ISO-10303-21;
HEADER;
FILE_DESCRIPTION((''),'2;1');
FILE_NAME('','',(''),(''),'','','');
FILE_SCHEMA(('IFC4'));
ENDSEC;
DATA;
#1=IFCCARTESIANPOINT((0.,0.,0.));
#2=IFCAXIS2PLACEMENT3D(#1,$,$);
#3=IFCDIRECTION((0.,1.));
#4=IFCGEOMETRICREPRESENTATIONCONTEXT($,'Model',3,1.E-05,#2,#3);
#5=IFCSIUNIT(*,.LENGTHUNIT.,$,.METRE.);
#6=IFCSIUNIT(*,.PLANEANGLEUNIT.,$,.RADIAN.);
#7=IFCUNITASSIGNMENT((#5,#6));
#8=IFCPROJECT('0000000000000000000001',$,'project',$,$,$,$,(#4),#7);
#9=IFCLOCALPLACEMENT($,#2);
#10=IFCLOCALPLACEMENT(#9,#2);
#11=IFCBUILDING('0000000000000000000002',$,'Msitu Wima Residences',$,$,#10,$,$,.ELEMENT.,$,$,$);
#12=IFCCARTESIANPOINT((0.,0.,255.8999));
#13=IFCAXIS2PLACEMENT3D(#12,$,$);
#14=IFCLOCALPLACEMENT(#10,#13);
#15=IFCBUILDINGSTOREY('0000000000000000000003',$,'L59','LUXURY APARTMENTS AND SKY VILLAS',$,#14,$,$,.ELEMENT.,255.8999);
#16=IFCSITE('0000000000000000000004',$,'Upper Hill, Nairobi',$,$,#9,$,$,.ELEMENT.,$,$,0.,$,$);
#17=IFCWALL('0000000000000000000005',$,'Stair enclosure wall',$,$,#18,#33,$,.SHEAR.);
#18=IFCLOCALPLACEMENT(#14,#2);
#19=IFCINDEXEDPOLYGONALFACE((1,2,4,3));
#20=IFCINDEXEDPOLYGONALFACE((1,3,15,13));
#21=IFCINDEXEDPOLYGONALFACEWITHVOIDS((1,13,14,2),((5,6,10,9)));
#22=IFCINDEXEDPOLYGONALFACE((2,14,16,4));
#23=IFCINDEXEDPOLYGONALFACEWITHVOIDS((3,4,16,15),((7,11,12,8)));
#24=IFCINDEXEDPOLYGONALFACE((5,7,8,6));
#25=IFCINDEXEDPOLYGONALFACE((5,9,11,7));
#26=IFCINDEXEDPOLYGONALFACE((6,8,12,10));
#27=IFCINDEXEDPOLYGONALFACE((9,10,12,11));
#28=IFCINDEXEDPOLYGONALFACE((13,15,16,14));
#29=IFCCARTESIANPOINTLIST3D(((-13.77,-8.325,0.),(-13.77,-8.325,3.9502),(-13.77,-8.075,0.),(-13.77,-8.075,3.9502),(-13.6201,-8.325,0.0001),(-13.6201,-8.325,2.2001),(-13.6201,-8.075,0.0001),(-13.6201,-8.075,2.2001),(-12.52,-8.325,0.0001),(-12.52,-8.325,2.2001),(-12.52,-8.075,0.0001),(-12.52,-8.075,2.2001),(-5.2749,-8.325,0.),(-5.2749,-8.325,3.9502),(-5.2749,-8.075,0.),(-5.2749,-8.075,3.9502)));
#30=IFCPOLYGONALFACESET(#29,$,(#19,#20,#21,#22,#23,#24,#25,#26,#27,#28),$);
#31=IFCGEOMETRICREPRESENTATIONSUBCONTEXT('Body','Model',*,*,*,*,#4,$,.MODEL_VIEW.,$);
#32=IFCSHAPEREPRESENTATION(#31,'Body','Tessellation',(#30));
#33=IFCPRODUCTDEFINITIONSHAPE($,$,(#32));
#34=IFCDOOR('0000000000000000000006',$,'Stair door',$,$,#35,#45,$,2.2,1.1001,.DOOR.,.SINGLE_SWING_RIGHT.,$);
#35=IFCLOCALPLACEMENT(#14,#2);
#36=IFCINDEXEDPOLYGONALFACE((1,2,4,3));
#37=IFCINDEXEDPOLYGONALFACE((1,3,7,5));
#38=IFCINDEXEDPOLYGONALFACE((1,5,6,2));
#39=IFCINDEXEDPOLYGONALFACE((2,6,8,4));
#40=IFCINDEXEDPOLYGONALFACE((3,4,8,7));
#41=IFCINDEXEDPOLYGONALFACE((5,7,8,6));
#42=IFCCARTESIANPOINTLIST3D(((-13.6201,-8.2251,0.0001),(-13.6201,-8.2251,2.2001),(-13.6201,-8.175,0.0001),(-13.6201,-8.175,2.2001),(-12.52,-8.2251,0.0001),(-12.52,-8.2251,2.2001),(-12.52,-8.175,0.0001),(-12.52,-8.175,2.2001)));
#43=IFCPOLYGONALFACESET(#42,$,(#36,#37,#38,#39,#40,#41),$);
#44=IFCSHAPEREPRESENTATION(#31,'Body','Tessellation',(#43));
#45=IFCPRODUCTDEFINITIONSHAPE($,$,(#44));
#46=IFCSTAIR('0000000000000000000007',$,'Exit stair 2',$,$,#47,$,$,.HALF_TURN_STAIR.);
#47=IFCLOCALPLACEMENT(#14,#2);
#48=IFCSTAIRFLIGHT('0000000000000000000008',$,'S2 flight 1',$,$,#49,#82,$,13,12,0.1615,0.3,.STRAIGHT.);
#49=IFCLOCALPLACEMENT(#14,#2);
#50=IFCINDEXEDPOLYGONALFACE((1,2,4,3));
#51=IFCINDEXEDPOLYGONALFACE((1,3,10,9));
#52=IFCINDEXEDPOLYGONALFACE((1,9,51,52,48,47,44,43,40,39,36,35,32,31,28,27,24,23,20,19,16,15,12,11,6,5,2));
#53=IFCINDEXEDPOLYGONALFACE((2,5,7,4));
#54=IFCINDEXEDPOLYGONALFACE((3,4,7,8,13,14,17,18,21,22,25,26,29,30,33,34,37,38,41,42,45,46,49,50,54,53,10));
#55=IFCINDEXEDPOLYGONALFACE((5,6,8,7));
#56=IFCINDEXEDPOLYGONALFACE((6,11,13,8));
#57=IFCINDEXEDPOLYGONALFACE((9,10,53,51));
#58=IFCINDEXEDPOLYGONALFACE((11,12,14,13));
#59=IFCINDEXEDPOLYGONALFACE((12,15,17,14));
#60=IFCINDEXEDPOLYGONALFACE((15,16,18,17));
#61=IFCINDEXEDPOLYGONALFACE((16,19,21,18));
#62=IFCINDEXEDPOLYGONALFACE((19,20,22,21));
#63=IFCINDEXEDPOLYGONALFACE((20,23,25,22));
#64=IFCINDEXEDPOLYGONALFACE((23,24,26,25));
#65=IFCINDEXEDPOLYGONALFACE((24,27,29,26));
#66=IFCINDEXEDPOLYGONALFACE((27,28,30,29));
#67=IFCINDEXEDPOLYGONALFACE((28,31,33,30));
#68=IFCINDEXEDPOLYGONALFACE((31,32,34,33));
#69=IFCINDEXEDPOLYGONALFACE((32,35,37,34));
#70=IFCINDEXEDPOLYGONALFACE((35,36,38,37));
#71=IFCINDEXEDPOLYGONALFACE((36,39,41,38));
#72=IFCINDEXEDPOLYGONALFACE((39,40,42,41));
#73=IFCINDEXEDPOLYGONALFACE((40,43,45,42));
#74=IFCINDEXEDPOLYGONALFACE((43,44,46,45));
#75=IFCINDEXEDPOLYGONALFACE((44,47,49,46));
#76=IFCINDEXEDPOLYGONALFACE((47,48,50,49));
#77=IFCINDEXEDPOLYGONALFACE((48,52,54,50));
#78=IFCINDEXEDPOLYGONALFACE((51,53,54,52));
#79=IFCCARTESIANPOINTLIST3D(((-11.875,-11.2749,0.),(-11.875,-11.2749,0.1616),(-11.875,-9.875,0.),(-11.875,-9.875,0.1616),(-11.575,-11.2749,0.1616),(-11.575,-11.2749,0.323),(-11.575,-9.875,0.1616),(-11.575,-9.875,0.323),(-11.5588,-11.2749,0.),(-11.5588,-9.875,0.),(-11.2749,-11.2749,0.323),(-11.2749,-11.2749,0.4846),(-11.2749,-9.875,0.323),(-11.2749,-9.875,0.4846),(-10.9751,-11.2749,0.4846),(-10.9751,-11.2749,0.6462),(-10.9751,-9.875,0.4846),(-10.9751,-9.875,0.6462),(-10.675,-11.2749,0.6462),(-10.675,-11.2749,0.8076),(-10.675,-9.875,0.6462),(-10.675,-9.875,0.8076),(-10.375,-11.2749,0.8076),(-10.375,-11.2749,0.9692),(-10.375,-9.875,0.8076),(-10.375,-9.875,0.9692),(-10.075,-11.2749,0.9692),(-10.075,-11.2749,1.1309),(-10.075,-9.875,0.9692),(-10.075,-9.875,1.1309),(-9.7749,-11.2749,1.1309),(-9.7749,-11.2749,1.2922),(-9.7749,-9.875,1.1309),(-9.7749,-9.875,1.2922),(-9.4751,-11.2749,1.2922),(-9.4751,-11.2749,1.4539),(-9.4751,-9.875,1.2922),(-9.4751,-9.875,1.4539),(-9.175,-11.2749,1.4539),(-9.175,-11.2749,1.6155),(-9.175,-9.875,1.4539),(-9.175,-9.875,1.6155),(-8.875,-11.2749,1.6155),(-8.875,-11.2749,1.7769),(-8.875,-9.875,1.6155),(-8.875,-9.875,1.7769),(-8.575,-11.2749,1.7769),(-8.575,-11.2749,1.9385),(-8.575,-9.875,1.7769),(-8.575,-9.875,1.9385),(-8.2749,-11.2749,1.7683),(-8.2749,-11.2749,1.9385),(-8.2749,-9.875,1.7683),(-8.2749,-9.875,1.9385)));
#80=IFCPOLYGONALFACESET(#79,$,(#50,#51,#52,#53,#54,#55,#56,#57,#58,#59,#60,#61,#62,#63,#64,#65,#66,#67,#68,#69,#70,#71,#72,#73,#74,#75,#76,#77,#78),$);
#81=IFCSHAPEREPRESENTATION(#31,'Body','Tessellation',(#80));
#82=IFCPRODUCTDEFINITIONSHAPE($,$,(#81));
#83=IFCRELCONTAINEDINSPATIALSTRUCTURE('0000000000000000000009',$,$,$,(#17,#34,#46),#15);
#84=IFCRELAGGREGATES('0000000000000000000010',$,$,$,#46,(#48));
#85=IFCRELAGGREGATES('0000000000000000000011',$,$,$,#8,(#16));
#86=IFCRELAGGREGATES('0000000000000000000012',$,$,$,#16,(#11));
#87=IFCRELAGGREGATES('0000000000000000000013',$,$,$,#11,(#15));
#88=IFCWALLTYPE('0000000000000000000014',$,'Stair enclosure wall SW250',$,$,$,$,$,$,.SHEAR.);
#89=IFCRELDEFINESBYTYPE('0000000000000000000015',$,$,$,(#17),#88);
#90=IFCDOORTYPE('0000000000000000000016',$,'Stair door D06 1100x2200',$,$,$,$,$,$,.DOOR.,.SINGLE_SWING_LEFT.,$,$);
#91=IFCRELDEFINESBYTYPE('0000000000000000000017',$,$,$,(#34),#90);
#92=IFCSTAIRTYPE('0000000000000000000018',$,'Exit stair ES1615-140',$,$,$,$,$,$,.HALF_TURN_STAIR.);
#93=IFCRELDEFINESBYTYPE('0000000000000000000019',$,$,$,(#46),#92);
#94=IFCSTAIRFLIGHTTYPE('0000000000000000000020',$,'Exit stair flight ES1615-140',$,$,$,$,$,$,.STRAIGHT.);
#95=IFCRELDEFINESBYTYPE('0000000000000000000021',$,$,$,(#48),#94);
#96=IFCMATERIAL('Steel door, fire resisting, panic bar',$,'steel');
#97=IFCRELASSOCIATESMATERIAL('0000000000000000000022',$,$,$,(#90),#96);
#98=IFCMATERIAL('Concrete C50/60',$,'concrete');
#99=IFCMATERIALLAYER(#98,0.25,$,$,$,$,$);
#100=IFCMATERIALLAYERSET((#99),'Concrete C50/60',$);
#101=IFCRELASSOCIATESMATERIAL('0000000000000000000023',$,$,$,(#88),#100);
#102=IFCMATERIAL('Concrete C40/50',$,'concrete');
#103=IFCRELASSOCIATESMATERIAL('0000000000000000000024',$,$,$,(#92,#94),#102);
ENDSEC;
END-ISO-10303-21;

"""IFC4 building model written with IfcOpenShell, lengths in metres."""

from ifc_helpers import new_model, si_unit, direction, frame, frame_2d, origin, place, context, subcontext, project, spatial, polyline, rectangle, outline, extrude, material, layer, layer_set, type_object, element, fill, aggregate, save


model = new_model("IFC4")

# Units and contexts
model_context = context("Model", 3, precision=1e-05, world=origin(), true_north=direction((0.0, 1.0)))
body_context = subcontext(model_context, "Body", "Model", "MODEL_VIEW")
ifc_project = project(units=[si_unit("LENGTHUNIT", "METRE"), si_unit("PLANEANGLEUNIT", "RADIAN")], contexts=[model_context])

# Site, building, storey
site_placement = place(None, origin())
site = spatial("IfcSite", under=ifc_project, at=site_placement, Name="Upper Hill, Nairobi", CompositionType="ELEMENT", RefElevation=0.0)
building_placement = place(site_placement, origin())
building = spatial("IfcBuilding", under=site, at=building_placement, Name="Msitu Wima Residences", CompositionType="ELEMENT")
storey_placement = place(building_placement, frame((0.0, 0.0, 255.8999)))
storey = spatial("IfcBuildingStorey", under=building, at=storey_placement, Name="L59", Description="LUXURY APARTMENTS AND SKY VILLAS", CompositionType="ELEMENT", Elevation=255.8999)

# Shared definitions
ifc_material_1 = material(Name="Concrete C50/60", Category="concrete")

# Shared definitions
ifc_material_2 = material(Name="Steel door, fire resisting, panic bar", Category="steel")
door_type_1 = type_object("IfcDoorType", Name="Stair door D06 1100x2200", OperationType="SINGLE_SWING_LEFT", PredefinedType="DOOR", material=ifc_material_2)

# Wall, opening, door
ifc_layer_1 = layer(ifc_material_1, 0.25)
ifc_layer_set_1 = layer_set([ifc_layer_1], Name="Concrete C50/60")
wall_type_1 = type_object("IfcWallType", Name="Stair enclosure wall SW250", PredefinedType="SHEAR", material=ifc_layer_set_1)
wall_1_placement = place(storey_placement, frame((-13.77, -8.2, 0.0), z_axis=(0.0, 0.0, 1.0), x_axis=(1.0, 0.0, 0.0)))
wall_1 = element("IfcWall", 1, at=wall_1_placement, inside=storey, type_object=wall_type_1, Name="Stair enclosure wall", PredefinedType="SHEAR", context=body_context, shape_type="SweptSolid", body=[
    extrude(rectangle(XDim=8.4951, YDim=0.25, at=frame_2d((4.2476, 0.0))), origin(), (0.0, 0.0, 1.0), 3.9502),
])
opening_1_placement = place(wall_1_placement, frame((0.1499, 0.0, 0.0)))
opening_1 = element("IfcOpeningElement", 2, at=opening_1_placement, cuts=wall_1, PredefinedType="OPENING", context=body_context, shape_type="SweptSolid", body=[
    extrude(rectangle(XDim=1.1001, YDim=2.2, at=frame_2d((0.55, 1.1001))), frame((0.0, 0.135, 0.0), z_axis=(0.0, -1.0, 0.0), x_axis=(1.0, 0.0, 0.0)), (0.0, 0.0, 1.0), 0.27),
])
door_1_placement = place(opening_1_placement, origin())
door_1 = element("IfcDoor", 3, at=door_1_placement, inside=storey, type_object=door_type_1, Name="Stair door", OperationType="SINGLE_SWING_RIGHT", OverallHeight=2.2, OverallWidth=1.1001, PredefinedType="DOOR", context=body_context, shape_type="SweptSolid", body=[
    extrude(rectangle(XDim=1.1001, YDim=2.2, at=frame_2d((0.55, 1.1001))), frame((0.0, 0.0249, 0.0), z_axis=(0.0, -1.0, 0.0), x_axis=(1.0, 0.0, 0.0)), (0.0, 0.0, 1.0), 0.05),
])
fill(opening_1, door_1)

# Stair, stair flight
ifc_material_3 = material(Name="Concrete C40/50", Category="concrete")
stair_type = type_object("IfcStairType", Name="Exit stair ES1615-140", PredefinedType="HALF_TURN_STAIR", material=ifc_material_3)
stair_placement = place(storey_placement, origin())
stair = element("IfcStair", 4, at=stair_placement, inside=storey, type_object=stair_type, Name="Exit stair 2", PredefinedType="HALF_TURN_STAIR")
stair_flight_type = type_object("IfcStairFlightType", Name="Exit stair flight ES1615-140", PredefinedType="STRAIGHT", material=ifc_material_3)
stair_flight_placement = place(storey_placement, frame((-11.875, -10.575, 0.0), z_axis=(0.0, 0.0, 1.0), x_axis=(1.0, 0.0, 0.0)))
stair_flight = element("IfcStairFlight", 5, at=stair_flight_placement, type_object=stair_flight_type, Name="S2 flight 1", NumberOfRisers=13, NumberOfTreads=12, PredefinedType="STRAIGHT", RiserHeight=0.1615, TreadLength=0.3, context=body_context, shape_type="SweptSolid", body=[
    extrude(outline(polyline([(0.0, 0.0), (0.0, 0.1616), (0.3, 0.1616), (0.3, 0.323), (0.6001, 0.323), (0.6001, 0.4846), (0.8999, 0.4846), (0.8999, 0.6462), (1.2, 0.6462), (1.2, 0.8076), (1.5, 0.8076), (1.5, 0.9692), (1.8, 0.9692), (1.8, 1.1309), (2.1001, 1.1309), (2.1001, 1.2922), (2.3999, 1.2922), (2.3999, 1.4539), (2.7, 1.4539), (2.7, 1.6155), (3.0, 1.6155), (3.0, 1.7769), (3.3, 1.7769), (3.3, 1.9385), (3.6001, 1.9385), (3.6001, 2.1001), (3.6001, 1.7683), (0.3162, 0.0), (0.0, 0.0)])), frame((0.0, 0.7, 0.0), z_axis=(0.0, -1.0, 0.0), x_axis=(1.0, 0.0, 0.0)), (0.0, 0.0, 1.0), 1.3999),
])
aggregate(stair, [stair_flight])

save(model, "model.ifc")
